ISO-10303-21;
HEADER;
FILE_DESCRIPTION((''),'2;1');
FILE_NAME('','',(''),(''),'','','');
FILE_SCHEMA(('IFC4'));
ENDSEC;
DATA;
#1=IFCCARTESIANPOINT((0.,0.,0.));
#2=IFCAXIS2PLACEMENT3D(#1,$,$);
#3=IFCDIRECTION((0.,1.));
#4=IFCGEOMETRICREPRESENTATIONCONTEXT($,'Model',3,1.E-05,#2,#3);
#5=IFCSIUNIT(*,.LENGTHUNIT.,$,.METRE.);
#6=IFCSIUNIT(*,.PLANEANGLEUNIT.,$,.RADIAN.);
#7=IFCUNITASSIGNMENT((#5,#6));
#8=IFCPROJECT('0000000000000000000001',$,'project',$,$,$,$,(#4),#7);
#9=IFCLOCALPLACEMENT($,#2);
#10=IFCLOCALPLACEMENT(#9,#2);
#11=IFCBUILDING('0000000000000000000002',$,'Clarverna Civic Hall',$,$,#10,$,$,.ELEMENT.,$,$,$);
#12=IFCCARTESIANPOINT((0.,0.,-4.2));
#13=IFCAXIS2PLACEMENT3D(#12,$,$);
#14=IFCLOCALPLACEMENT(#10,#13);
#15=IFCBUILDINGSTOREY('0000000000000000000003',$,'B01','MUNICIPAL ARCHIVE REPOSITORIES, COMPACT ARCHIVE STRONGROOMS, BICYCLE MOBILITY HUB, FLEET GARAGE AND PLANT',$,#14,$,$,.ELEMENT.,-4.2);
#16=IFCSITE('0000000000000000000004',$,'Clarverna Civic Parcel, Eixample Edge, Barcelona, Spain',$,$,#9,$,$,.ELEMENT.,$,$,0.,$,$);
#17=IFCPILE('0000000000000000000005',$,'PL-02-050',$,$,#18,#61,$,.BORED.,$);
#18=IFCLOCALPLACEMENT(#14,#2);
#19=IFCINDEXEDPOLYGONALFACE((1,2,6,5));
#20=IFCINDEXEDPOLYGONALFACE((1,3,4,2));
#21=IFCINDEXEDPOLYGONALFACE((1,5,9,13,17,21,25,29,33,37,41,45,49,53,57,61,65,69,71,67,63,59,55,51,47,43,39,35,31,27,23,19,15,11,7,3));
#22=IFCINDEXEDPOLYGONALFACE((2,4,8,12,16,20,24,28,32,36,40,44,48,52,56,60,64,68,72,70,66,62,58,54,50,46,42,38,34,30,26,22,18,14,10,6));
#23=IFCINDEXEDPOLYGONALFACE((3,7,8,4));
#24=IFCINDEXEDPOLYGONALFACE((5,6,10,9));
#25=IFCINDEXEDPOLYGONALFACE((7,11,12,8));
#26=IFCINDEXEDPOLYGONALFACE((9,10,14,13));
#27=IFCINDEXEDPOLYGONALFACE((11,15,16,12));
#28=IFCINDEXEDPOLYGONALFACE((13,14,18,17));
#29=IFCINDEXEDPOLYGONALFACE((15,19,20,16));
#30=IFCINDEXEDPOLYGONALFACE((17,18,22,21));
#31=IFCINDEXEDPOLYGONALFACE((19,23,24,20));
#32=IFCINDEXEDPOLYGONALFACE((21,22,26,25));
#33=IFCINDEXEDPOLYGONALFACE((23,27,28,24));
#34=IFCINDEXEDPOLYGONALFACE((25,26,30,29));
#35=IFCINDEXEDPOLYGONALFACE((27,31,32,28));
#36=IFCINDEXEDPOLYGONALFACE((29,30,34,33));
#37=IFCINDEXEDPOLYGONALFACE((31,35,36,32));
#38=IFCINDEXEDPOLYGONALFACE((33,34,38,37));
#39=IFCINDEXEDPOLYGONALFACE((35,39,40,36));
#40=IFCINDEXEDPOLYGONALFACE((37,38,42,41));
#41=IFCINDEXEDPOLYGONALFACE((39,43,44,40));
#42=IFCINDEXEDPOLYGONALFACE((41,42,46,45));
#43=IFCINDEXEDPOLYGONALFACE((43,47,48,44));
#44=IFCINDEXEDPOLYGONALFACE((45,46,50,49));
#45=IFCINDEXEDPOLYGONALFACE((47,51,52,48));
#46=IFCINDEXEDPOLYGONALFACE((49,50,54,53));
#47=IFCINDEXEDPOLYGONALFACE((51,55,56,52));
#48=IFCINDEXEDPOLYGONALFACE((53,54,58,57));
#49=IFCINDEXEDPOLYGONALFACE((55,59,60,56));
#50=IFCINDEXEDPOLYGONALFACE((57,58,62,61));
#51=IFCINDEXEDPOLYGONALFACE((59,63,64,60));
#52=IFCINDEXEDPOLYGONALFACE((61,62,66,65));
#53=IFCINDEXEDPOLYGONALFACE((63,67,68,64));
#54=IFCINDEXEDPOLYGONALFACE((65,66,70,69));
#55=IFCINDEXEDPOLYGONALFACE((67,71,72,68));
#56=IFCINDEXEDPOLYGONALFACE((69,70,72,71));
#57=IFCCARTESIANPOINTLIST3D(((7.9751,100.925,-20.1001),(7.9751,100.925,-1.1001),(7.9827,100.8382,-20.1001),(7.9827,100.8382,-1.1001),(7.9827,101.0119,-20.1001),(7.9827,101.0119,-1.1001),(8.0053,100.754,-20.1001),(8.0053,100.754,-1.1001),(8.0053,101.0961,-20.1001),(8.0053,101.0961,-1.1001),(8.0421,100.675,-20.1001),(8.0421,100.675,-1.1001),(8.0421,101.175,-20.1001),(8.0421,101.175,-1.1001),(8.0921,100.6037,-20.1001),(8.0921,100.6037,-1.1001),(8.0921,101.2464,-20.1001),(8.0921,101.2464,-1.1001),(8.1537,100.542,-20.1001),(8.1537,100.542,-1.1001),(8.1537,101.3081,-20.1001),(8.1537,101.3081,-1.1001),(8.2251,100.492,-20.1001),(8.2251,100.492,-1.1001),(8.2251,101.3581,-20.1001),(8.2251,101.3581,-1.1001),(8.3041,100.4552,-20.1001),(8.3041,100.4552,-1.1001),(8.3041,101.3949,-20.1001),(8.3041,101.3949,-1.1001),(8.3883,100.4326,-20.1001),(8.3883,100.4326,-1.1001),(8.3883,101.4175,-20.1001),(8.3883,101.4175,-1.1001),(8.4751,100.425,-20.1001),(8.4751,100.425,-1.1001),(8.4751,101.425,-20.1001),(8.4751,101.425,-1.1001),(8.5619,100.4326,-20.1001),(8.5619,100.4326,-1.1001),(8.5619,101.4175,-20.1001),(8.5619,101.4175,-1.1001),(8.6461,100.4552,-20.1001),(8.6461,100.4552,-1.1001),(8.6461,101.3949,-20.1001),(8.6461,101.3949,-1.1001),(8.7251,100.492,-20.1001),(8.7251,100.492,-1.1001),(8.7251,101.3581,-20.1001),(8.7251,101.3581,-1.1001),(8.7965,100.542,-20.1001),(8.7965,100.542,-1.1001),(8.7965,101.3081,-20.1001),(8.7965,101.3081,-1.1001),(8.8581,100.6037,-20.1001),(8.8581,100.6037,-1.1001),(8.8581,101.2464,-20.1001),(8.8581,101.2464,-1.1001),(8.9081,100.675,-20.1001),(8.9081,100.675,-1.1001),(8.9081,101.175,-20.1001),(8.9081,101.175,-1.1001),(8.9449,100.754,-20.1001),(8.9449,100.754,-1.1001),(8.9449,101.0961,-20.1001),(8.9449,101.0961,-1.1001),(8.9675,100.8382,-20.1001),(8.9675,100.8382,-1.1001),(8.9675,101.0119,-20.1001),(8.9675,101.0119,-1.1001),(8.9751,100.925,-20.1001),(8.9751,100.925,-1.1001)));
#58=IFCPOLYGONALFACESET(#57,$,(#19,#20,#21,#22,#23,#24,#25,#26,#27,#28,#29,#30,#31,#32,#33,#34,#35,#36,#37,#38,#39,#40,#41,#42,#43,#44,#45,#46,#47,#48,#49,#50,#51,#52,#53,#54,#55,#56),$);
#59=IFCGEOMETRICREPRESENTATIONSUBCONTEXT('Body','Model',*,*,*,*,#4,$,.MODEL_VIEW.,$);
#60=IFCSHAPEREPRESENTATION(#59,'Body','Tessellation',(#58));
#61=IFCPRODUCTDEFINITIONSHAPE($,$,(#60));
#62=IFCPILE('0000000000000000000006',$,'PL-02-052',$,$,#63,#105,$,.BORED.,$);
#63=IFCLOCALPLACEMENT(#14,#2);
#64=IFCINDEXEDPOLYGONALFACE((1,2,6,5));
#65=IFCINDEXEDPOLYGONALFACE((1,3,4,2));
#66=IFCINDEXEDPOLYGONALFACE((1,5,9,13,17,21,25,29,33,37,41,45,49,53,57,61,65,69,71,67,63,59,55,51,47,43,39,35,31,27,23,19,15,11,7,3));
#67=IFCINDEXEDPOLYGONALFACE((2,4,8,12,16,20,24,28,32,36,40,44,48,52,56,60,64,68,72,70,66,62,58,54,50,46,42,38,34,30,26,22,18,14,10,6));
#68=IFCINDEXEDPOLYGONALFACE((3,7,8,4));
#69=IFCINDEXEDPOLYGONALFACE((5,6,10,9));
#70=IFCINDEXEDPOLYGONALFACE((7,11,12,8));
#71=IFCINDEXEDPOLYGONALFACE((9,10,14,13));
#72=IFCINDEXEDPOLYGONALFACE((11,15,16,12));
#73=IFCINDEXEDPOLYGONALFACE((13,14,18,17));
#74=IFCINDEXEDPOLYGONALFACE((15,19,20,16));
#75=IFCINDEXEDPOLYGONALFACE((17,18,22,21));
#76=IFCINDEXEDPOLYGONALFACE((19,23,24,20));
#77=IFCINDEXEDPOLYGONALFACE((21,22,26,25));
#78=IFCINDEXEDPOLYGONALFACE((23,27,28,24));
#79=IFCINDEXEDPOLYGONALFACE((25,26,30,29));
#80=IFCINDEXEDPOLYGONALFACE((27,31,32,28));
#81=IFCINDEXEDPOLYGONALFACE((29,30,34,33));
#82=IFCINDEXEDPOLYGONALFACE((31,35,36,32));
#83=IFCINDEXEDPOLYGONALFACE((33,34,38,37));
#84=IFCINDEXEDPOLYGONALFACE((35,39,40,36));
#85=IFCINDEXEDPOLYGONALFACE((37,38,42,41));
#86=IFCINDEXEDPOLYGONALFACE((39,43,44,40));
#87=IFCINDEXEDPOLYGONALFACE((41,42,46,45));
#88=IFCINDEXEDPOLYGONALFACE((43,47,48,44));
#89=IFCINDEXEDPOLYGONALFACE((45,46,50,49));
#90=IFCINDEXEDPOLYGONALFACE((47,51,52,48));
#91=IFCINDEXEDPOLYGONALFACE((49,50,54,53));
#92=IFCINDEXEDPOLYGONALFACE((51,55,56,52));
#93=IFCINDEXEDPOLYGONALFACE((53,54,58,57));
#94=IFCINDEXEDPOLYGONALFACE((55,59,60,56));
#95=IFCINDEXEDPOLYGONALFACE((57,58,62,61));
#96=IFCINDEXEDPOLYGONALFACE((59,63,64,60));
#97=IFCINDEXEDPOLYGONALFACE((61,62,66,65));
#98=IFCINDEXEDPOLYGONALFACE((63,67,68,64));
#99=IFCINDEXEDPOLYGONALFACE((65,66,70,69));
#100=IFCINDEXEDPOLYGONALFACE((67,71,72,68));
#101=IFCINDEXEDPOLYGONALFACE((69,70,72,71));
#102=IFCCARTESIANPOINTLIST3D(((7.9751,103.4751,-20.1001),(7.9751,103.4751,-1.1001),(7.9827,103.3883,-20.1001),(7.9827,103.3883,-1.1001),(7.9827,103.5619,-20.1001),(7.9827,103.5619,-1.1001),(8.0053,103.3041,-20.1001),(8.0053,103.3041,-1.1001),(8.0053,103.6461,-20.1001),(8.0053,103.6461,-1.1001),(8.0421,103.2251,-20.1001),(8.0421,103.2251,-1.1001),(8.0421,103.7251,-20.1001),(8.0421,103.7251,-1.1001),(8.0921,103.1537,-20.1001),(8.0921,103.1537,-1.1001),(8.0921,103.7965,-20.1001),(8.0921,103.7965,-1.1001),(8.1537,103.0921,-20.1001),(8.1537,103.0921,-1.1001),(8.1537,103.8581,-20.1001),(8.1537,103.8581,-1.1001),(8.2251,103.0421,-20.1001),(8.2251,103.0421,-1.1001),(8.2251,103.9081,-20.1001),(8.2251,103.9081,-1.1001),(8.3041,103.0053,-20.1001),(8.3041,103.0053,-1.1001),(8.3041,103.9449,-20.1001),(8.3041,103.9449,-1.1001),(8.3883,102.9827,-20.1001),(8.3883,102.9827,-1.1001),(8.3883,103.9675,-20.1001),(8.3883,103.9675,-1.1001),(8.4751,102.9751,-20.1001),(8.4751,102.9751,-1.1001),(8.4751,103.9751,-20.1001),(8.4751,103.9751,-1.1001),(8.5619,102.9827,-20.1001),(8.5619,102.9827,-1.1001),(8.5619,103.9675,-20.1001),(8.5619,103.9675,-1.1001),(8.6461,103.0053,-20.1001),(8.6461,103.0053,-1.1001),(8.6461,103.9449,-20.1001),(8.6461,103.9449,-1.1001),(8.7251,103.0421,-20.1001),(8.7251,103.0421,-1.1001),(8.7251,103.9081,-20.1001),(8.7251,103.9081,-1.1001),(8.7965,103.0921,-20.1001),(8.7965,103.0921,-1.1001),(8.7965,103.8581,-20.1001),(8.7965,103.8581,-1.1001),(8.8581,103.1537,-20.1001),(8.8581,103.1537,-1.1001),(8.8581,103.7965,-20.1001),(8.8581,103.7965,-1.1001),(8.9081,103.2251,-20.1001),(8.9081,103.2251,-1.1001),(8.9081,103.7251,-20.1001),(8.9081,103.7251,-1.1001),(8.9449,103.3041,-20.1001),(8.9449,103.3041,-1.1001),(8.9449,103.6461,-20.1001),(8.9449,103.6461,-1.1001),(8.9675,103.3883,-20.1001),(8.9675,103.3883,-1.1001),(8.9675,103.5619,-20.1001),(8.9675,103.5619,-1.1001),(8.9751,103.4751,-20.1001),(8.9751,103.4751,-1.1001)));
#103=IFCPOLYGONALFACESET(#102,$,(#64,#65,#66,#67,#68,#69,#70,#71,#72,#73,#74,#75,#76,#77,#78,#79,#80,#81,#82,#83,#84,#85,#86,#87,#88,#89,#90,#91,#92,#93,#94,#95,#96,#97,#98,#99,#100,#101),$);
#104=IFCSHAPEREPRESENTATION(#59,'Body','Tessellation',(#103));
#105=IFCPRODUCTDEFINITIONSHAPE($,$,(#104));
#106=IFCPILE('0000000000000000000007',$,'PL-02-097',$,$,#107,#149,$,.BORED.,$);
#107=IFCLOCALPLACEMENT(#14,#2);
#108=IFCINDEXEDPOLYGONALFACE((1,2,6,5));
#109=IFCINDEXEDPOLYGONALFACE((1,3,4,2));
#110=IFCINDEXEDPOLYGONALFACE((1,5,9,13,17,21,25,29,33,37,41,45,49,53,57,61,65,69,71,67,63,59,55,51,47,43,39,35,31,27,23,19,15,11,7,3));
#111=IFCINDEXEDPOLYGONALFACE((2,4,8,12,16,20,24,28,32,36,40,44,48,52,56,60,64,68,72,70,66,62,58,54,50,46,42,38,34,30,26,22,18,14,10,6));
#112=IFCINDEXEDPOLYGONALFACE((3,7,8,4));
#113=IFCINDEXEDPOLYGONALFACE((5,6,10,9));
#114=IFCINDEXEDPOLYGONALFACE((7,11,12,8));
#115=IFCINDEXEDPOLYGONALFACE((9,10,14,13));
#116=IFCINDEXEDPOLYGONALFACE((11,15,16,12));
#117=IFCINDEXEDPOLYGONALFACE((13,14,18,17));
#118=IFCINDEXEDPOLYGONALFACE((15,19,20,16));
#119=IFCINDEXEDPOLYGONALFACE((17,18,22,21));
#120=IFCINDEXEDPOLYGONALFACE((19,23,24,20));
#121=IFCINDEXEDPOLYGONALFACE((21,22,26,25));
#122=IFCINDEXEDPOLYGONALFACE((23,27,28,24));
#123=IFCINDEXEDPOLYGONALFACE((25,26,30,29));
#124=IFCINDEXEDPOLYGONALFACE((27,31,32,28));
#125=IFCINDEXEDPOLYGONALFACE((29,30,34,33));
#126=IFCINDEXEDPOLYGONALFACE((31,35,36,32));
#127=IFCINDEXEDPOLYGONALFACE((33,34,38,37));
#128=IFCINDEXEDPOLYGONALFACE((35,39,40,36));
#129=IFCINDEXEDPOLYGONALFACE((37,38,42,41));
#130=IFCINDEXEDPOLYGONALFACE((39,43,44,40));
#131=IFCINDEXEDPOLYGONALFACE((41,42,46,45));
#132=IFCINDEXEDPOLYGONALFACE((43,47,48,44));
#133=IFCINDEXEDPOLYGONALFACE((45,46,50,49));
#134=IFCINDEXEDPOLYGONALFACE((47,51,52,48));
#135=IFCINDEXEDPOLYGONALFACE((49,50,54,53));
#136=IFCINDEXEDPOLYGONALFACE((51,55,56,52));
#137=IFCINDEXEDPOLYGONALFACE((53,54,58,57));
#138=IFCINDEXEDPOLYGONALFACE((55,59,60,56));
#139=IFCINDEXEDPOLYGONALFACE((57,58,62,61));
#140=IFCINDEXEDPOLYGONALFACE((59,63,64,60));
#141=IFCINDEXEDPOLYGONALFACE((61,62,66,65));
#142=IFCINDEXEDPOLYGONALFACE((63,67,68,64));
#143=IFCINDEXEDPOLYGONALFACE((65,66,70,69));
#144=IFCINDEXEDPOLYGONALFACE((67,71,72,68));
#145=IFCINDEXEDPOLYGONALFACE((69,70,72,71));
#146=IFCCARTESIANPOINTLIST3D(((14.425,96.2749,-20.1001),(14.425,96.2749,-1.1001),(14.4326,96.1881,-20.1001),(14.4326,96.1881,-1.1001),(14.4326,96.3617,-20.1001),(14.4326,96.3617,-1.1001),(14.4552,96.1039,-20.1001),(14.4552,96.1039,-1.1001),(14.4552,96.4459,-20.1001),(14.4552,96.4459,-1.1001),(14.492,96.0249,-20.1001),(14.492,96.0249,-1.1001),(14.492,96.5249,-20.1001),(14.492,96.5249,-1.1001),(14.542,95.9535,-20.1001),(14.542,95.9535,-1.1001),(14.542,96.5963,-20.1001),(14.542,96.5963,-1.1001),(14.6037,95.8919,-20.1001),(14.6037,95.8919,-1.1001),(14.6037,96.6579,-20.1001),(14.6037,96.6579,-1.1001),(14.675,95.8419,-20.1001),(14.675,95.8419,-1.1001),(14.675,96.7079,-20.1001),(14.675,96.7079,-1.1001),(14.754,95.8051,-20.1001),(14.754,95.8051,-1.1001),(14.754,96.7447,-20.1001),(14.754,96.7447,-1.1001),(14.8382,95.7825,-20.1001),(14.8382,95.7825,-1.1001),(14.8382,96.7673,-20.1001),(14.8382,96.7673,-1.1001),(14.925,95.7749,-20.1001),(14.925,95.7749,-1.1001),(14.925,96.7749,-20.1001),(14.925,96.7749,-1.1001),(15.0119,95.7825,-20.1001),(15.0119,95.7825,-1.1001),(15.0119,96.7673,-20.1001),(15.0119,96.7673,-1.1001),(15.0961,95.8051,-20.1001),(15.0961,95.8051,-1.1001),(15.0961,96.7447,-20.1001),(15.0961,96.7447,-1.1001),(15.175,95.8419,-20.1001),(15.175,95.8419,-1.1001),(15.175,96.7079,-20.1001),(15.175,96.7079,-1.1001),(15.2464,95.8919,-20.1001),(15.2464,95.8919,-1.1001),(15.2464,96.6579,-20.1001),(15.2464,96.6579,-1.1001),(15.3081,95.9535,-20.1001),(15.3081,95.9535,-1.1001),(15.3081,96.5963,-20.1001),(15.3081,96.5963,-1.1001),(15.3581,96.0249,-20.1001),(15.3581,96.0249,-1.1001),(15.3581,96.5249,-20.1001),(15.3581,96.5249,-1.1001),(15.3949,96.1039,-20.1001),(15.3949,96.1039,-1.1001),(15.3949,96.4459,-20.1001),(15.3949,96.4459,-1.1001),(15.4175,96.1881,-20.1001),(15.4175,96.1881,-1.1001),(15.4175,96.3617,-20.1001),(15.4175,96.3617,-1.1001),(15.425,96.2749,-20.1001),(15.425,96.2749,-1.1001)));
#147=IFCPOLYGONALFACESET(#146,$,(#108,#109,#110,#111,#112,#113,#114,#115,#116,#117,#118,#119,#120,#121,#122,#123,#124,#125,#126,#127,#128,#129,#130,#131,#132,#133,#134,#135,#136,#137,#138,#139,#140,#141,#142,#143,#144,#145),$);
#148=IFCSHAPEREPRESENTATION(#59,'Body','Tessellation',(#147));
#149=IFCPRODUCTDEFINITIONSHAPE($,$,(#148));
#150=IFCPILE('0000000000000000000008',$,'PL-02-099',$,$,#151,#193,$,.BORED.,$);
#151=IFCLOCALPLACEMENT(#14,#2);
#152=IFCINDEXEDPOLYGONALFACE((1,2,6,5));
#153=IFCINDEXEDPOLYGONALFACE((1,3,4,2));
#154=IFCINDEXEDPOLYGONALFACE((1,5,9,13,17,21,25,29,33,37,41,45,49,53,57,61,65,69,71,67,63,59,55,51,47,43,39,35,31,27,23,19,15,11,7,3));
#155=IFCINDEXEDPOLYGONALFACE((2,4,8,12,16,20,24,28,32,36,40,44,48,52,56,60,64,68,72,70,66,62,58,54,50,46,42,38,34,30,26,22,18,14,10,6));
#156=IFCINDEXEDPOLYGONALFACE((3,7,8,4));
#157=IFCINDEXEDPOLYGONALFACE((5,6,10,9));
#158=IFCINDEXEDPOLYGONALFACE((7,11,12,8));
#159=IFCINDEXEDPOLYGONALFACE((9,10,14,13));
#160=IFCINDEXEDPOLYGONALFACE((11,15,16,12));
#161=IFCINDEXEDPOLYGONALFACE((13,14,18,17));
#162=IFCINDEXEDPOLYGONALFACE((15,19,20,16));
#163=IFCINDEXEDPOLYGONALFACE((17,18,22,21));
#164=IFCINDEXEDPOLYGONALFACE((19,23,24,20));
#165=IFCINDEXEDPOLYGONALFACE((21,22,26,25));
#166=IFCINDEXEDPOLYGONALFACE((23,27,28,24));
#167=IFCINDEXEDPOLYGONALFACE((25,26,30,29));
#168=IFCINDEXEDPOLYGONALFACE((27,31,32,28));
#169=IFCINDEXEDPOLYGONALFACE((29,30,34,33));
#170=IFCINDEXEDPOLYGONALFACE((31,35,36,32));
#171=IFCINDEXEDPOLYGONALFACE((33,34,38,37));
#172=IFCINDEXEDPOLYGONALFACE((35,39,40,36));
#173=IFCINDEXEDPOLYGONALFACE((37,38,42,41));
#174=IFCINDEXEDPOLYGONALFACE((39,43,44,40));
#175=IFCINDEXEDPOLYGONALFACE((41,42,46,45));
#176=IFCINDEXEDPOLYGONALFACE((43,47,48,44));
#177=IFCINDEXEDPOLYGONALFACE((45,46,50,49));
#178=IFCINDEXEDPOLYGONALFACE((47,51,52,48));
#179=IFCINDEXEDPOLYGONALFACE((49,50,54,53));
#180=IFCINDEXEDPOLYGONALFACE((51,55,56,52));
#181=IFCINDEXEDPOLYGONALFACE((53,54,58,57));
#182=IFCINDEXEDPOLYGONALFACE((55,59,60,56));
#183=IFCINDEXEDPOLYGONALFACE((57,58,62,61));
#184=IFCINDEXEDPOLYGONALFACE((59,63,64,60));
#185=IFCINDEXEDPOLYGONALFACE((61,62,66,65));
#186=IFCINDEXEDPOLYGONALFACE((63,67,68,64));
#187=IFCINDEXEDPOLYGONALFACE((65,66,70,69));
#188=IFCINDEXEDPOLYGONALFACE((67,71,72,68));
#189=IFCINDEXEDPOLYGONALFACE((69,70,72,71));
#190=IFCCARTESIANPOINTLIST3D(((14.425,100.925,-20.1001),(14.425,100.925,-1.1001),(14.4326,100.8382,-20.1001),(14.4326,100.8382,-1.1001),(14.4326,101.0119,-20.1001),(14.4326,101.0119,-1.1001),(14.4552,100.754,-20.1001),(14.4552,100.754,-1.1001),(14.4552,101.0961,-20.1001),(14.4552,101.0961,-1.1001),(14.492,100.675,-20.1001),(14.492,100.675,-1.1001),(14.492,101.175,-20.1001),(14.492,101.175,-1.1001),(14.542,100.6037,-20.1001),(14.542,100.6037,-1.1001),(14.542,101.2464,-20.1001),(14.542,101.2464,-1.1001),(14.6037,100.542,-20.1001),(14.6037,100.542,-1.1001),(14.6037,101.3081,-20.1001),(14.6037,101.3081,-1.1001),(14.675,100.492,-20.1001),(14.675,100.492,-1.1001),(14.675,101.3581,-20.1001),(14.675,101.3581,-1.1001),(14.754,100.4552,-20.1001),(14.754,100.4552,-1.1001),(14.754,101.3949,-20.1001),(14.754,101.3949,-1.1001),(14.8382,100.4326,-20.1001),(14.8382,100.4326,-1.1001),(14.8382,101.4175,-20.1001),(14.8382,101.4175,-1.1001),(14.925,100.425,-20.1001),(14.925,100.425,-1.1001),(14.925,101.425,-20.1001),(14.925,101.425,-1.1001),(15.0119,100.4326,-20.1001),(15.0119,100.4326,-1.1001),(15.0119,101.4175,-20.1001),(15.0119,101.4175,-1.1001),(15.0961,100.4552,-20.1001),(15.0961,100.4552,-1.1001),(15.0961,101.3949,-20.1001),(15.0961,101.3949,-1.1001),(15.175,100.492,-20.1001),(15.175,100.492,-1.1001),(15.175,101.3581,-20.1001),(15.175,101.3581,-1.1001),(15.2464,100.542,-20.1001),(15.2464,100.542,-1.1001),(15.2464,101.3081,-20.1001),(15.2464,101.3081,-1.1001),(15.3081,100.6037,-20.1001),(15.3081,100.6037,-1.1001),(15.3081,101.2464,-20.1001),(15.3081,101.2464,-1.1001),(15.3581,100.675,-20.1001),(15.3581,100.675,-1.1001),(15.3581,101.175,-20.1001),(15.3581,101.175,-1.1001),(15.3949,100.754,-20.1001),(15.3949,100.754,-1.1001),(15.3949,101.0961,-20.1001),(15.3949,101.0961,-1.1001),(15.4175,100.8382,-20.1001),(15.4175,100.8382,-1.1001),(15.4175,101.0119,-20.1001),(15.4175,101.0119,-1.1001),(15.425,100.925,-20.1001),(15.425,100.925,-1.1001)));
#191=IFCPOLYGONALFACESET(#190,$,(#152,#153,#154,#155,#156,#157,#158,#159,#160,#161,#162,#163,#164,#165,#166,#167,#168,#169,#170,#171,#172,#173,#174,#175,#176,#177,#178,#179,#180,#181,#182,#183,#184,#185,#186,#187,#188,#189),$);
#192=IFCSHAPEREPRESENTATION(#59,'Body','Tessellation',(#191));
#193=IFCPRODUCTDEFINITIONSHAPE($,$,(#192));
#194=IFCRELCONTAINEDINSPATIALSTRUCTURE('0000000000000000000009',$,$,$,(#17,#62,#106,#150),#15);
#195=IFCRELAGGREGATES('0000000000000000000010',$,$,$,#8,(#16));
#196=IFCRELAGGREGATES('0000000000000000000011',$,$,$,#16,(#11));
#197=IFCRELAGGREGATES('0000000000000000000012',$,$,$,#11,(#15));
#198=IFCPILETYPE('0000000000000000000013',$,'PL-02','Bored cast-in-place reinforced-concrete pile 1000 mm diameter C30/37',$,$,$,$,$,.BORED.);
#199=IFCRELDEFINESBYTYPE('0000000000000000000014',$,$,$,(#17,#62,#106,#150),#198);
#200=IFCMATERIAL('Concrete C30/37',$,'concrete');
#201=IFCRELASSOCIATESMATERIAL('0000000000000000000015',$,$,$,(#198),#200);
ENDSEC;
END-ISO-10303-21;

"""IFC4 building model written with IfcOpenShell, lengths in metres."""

from ifc_helpers import new_model, si_unit, direction, frame, origin, origin_2d, place, context, subcontext, project, spatial, circle, extrude, material, material_profile, profile_set, type_object, element, save


model = new_model("IFC4")

# Units and contexts
model_context = context("Model", 3, precision=1e-05, world=origin(), true_north=direction((0.0, 1.0)))
body_context = subcontext(model_context, "Body", "Model", "MODEL_VIEW")
ifc_project = project(units=[si_unit("LENGTHUNIT", "METRE"), si_unit("PLANEANGLEUNIT", "RADIAN")], contexts=[model_context])

# Site, building, storey
site_placement = place(None, origin())
site = spatial("IfcSite", under=ifc_project, at=site_placement, Name="Clarverna Civic Parcel, Eixample Edge, Barcelona, Spain", CompositionType="ELEMENT", RefElevation=0.0)
building_placement = place(site_placement, origin())
building = spatial("IfcBuilding", under=site, at=building_placement, Name="Clarverna Civic Hall", CompositionType="ELEMENT")
storey_placement = place(building_placement, frame((0.0, 0.0, -4.2)))
storey = spatial("IfcBuildingStorey", under=building, at=storey_placement, Name="B01", Description="MUNICIPAL ARCHIVE REPOSITORIES, COMPACT ARCHIVE STRONGROOMS, BICYCLE MOBILITY HUB, FLEET GARAGE AND PLANT", CompositionType="ELEMENT", Elevation=-4.2)

# Shared definitions
ifc_material_1 = material(Name="Concrete C30/37", Category="concrete")

# Piles
ifc_material_profile_1 = material_profile(ifc_material_1, circle(Radius=0.5, at=origin_2d()), Name="BORED PILE D1000")
ifc_profile_set_1 = profile_set([ifc_material_profile_1], Name="Concrete C30/37")
pile_type_1 = type_object("IfcPileType", Name="PL-02", Description="Bored cast-in-place reinforced-concrete pile 1000 mm diameter C30/37", PredefinedType="BORED", material=ifc_profile_set_1)
for number, where, z_axis, x_axis, name in (
    (1, (8.4751, 100.925, -1.1001), (0.0, 0.0, -1.0), (1.0, 0.0, 0.0), "PL-02-050"),
    (2, (8.4751, 103.4751, -1.1001), (0.0, 0.0, -1.0), (1.0, 0.0, 0.0), "PL-02-052"),
    (3, (14.925, 96.2749, -1.1001), (0.0, 0.0, -1.0), (1.0, 0.0, 0.0), "PL-02-097"),
    (4, (14.925, 100.925, -1.1001), (0.0, 0.0, -1.0), (1.0, 0.0, 0.0), "PL-02-099"),
):
    element("IfcPile", number, at=place(storey_placement, frame(where, z_axis=z_axis, x_axis=x_axis)), inside=storey, type_object=pile_type_1, Name=name, PredefinedType="BORED", context=body_context, shape_type="SweptSolid", body=[
        extrude(circle(Radius=0.5, at=origin_2d()), origin(), (0.0, 0.0, 1.0), 19.0),
    ])

save(model, "model.ifc")
